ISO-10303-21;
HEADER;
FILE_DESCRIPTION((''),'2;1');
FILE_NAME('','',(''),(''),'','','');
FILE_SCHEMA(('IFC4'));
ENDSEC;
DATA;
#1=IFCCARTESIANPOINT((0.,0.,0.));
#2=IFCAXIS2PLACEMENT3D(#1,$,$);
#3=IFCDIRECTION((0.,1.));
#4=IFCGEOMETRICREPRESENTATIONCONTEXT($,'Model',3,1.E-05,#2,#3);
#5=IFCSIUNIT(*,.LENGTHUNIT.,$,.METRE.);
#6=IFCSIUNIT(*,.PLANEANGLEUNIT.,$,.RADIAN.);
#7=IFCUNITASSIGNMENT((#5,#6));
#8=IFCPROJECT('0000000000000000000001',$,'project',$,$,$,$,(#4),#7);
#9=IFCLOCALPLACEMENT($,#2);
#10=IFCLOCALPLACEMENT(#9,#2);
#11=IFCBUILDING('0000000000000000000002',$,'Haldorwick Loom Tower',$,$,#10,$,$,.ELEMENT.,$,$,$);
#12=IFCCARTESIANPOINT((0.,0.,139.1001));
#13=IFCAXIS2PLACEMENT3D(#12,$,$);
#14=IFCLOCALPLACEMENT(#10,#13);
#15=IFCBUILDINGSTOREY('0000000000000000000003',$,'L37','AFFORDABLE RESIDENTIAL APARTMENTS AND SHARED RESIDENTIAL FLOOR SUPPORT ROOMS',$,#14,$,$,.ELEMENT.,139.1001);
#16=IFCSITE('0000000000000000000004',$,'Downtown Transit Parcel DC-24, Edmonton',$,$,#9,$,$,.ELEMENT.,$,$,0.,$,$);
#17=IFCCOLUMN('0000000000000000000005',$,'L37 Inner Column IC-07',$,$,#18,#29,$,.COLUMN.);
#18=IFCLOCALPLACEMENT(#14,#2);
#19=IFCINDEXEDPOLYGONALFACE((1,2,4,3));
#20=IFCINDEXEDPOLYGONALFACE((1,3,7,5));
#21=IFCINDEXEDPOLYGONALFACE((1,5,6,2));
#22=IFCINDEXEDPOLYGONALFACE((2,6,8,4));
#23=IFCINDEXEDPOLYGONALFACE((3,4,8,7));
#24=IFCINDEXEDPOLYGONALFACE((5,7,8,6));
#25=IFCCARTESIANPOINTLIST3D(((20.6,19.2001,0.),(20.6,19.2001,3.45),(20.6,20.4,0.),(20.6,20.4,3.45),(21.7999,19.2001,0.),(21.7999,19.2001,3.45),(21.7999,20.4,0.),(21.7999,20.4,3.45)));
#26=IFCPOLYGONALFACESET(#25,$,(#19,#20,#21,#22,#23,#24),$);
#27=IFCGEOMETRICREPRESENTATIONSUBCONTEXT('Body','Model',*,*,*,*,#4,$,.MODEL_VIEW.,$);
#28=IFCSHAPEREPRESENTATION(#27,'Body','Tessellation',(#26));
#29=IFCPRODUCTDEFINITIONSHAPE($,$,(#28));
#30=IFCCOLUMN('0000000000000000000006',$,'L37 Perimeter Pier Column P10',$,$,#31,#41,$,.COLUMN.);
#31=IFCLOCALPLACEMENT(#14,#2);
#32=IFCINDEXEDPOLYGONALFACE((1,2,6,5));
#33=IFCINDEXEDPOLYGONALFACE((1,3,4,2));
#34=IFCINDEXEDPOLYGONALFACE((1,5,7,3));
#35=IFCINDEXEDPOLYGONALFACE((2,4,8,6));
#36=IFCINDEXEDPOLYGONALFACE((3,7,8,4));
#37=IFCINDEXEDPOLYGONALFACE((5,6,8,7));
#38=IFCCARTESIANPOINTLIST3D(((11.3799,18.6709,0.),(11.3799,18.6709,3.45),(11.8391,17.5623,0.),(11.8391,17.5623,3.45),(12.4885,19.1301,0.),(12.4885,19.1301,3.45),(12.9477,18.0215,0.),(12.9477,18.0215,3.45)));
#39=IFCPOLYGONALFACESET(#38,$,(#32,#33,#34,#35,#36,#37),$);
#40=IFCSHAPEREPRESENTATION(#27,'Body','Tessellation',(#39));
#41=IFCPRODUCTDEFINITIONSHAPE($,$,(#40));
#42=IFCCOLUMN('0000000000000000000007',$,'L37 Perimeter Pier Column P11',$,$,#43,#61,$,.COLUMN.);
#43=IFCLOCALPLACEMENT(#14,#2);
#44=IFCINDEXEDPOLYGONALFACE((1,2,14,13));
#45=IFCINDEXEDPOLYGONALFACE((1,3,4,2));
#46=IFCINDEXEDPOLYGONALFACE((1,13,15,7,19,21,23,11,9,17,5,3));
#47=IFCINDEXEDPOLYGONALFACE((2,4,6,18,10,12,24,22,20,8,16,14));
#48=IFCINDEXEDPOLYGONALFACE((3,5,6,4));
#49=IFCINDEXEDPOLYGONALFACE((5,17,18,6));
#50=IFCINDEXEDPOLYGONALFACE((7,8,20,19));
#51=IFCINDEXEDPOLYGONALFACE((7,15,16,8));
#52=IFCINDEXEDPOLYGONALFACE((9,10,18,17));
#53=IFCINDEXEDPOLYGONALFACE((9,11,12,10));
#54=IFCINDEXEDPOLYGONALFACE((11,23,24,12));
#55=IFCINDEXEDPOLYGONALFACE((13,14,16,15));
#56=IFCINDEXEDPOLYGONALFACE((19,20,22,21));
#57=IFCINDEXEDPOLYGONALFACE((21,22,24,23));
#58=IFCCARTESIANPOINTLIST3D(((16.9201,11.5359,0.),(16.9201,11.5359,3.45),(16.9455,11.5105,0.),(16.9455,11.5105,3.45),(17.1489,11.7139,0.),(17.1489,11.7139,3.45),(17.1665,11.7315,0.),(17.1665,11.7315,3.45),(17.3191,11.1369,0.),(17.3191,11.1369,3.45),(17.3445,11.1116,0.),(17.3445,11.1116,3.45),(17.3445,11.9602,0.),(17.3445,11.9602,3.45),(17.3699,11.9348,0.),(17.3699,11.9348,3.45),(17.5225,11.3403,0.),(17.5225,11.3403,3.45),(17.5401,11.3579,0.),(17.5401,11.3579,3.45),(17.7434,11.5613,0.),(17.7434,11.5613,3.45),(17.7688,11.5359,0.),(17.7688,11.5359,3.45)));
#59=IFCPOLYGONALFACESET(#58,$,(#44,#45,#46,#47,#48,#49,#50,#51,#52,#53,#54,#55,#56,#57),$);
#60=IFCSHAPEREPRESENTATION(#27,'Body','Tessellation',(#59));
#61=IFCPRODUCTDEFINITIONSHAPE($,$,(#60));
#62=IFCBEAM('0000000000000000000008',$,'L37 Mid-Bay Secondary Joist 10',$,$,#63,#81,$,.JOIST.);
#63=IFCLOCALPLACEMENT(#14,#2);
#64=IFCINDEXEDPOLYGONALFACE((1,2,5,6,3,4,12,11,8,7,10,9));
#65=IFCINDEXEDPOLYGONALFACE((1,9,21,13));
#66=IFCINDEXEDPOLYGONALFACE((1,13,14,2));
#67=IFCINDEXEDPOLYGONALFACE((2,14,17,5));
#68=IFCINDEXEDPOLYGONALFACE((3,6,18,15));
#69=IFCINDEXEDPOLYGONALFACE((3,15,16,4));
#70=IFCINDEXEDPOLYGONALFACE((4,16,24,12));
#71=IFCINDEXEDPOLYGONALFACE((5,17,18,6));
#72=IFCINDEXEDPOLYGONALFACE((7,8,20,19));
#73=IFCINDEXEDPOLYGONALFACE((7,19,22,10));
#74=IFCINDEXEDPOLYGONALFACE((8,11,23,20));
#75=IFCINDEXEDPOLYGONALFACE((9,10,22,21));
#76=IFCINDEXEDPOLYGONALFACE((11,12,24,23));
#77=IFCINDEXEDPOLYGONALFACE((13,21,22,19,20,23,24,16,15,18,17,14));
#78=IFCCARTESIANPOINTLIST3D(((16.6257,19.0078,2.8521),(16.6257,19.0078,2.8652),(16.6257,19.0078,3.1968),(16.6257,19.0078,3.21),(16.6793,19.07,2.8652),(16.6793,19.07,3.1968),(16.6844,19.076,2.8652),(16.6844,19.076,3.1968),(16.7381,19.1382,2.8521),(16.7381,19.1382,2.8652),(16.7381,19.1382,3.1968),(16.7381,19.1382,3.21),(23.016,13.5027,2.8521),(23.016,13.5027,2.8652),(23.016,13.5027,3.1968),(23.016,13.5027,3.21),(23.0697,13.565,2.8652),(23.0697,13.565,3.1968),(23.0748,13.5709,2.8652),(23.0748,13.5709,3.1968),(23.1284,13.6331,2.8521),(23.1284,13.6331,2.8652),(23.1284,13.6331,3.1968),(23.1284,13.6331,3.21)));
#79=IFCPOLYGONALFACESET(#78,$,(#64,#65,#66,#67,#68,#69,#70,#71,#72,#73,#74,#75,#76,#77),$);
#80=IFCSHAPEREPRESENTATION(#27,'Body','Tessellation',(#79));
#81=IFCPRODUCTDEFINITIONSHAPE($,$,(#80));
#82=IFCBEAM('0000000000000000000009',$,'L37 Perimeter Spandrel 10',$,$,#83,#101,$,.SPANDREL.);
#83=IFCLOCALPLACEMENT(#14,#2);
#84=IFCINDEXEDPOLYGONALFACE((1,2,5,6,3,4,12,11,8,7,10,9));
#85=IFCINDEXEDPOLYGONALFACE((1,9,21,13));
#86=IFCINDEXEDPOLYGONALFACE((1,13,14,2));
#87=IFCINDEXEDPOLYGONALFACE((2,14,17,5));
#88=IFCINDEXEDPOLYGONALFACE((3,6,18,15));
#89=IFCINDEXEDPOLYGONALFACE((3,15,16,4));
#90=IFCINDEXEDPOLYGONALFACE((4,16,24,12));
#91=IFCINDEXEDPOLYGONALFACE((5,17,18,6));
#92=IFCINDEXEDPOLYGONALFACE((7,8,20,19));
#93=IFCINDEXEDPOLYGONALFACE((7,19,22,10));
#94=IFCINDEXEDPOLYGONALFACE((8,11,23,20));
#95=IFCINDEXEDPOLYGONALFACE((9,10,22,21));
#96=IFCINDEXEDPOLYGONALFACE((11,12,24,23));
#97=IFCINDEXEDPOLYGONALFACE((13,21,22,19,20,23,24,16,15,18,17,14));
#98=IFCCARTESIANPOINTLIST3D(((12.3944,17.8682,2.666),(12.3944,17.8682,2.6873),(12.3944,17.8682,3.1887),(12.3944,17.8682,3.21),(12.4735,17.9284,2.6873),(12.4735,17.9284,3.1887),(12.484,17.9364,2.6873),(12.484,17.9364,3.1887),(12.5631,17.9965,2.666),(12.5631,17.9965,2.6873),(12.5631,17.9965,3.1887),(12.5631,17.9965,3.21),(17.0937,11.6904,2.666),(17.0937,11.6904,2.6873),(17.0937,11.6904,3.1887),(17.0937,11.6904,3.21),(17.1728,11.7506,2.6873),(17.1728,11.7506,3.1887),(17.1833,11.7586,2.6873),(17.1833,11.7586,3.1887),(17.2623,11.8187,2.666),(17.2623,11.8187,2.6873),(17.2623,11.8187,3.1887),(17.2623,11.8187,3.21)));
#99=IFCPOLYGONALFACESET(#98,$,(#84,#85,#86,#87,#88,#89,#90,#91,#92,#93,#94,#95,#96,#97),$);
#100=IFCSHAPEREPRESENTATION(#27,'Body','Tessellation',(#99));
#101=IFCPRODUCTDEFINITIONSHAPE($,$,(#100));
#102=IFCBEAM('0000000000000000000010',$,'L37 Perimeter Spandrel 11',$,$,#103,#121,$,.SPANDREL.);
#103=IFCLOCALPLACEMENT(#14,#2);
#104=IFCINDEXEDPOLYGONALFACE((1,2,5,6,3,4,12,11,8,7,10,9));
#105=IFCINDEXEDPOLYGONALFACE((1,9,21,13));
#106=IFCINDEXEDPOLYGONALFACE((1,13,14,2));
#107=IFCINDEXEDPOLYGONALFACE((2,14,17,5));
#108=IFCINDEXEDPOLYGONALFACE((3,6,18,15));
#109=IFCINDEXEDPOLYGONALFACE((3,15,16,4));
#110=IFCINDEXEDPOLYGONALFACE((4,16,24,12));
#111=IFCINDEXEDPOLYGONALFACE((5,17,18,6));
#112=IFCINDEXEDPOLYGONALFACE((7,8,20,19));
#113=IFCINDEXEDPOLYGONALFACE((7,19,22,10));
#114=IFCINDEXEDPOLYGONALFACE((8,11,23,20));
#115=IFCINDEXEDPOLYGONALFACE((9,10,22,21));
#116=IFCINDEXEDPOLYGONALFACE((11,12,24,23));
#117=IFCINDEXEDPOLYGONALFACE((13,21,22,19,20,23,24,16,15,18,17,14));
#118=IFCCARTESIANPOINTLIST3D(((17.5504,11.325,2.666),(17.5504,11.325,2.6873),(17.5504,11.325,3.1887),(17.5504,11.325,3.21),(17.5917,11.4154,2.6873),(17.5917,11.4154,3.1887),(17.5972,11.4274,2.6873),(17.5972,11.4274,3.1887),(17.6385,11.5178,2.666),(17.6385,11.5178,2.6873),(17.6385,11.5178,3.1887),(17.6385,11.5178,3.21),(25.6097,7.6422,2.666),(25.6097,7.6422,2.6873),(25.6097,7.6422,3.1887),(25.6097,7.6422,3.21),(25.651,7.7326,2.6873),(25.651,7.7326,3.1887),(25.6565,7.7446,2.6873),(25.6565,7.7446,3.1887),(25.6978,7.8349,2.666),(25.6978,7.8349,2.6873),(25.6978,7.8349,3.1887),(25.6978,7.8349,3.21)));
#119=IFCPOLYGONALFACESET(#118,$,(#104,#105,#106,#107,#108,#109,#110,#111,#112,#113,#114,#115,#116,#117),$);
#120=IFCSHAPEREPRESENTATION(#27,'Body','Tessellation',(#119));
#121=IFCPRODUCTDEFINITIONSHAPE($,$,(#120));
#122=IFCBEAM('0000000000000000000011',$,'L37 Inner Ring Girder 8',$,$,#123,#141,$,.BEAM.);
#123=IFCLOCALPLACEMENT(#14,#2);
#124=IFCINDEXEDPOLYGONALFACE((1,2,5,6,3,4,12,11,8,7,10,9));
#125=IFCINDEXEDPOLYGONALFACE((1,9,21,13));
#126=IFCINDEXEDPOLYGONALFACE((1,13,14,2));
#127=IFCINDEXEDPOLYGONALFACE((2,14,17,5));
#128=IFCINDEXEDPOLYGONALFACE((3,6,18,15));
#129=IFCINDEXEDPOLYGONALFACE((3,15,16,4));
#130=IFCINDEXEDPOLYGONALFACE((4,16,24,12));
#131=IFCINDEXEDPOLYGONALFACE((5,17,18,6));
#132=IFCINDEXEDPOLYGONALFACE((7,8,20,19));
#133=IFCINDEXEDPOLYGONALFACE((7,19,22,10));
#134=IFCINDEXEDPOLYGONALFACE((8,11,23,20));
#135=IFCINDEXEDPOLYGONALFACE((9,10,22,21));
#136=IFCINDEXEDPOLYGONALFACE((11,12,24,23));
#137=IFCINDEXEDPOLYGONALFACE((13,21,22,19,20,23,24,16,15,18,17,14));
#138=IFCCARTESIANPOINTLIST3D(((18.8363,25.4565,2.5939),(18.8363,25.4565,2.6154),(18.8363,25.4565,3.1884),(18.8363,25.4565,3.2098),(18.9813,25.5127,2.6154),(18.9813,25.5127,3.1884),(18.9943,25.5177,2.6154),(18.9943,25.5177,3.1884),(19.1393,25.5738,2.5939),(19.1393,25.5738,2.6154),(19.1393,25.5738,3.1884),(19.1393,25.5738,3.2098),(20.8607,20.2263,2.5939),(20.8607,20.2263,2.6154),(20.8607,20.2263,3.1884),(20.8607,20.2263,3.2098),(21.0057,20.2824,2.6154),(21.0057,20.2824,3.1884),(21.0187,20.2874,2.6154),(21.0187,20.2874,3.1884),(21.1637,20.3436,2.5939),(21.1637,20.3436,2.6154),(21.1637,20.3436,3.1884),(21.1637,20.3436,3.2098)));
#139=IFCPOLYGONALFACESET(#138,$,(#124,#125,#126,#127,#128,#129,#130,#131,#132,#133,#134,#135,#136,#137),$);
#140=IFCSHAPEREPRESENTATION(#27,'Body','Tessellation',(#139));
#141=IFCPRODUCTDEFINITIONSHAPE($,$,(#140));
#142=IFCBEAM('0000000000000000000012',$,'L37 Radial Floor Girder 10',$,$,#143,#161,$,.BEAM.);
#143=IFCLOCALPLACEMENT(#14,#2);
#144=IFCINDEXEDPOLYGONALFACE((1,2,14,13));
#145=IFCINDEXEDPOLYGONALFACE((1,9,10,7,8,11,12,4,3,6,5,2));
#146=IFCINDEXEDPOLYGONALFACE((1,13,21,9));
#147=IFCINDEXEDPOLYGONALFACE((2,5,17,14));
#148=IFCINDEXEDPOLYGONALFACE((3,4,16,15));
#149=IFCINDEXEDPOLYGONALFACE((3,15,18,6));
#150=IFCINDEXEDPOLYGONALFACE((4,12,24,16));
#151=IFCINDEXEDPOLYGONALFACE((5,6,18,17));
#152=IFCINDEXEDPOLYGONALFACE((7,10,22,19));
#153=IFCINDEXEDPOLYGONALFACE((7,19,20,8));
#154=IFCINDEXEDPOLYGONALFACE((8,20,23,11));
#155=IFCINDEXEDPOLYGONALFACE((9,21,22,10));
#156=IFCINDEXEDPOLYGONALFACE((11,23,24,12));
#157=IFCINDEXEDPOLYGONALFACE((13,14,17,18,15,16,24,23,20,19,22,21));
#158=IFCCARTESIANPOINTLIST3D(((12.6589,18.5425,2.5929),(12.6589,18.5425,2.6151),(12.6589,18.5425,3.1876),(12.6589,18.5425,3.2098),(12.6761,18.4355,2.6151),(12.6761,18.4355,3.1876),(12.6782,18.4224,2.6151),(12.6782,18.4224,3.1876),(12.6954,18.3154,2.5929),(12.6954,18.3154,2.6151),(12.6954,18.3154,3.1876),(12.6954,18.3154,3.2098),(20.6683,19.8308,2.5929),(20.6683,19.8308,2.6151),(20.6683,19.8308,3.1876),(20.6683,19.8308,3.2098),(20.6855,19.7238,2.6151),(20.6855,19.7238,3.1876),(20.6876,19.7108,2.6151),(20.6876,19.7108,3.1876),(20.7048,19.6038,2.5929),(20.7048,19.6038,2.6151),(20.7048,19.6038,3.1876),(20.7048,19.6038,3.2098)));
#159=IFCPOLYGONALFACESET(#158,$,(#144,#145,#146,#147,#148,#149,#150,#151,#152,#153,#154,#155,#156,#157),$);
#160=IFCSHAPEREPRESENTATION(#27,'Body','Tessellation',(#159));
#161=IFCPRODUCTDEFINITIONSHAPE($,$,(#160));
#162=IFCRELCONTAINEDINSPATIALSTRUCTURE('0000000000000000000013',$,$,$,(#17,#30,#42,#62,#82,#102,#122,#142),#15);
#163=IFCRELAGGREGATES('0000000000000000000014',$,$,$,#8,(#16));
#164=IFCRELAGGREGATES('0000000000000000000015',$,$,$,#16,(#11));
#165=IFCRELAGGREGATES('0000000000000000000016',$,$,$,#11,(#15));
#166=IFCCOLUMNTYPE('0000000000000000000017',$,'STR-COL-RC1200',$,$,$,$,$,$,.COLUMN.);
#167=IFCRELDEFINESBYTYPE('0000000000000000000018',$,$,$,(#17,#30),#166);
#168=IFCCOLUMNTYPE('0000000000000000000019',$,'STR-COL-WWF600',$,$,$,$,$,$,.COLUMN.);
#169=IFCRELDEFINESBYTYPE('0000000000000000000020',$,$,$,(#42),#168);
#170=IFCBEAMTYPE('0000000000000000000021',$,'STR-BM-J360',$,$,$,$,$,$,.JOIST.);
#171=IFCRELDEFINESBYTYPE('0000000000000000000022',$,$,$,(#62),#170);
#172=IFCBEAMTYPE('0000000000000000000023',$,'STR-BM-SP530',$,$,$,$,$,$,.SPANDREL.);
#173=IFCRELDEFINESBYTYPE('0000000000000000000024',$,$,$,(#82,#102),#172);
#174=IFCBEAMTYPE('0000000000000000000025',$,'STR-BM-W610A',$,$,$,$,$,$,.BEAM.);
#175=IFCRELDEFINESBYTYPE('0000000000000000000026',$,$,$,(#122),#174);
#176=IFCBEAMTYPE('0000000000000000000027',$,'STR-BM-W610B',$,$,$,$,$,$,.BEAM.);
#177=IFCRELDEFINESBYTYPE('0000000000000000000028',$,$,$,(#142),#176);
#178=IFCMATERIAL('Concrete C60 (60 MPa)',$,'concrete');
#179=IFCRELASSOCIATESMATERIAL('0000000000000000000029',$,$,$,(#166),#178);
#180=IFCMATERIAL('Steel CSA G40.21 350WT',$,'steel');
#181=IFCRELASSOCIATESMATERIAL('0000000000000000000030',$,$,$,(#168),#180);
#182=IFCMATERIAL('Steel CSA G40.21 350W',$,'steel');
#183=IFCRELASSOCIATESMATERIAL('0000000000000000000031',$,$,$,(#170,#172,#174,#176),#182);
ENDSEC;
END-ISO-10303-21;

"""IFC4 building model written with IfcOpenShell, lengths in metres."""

from ifc_helpers import new_model, si_unit, direction, frame, origin, origin_2d, place, context, subcontext, project, spatial, rectangle, i_section, extrude, material, material_profile, profile_set, type_object, element, save


model = new_model("IFC4")

# Units and contexts
model_context = context("Model", 3, precision=1e-05, world=origin(), true_north=direction((0.0, 1.0)))
body_context = subcontext(model_context, "Body", "Model", "MODEL_VIEW")
ifc_project = project(units=[si_unit("LENGTHUNIT", "METRE"), si_unit("PLANEANGLEUNIT", "RADIAN")], contexts=[model_context])

# Site, building, storey
site_placement = place(None, origin())
site = spatial("IfcSite", under=ifc_project, at=site_placement, Name="Downtown Transit Parcel DC-24, Edmonton", CompositionType="ELEMENT", RefElevation=0.0)
building_placement = place(site_placement, origin())
building = spatial("IfcBuilding", under=site, at=building_placement, Name="Haldorwick Loom Tower", CompositionType="ELEMENT")
storey_placement = place(building_placement, frame((0.0, 0.0, 139.1001)))
storey = spatial("IfcBuildingStorey", under=building, at=storey_placement, Name="L37", Description="AFFORDABLE RESIDENTIAL APARTMENTS AND SHARED RESIDENTIAL FLOOR SUPPORT ROOMS", CompositionType="ELEMENT", Elevation=139.1001)

# Columns
ifc_material_1 = material(Name="Concrete C60 (60 MPa)", Category="concrete")
ifc_material_profile_1 = material_profile(ifc_material_1, rectangle(XDim=1.2, YDim=1.2, at=origin_2d()), Name="RC1200X1200", Category="concrete")
ifc_profile_set_1 = profile_set([ifc_material_profile_1], Name="Concrete C60 (60 MPa)")
column_type_1 = type_object("IfcColumnType", Name="STR-COL-RC1200", PredefinedType="COLUMN", material=ifc_profile_set_1)
for number, where, z_axis, x_axis, name in (
    (1, (21.2, 19.8, 0.0), (0.0, 0.0, 1.0), (1.0, 0.0, 0.0), "L37 Inner Column IC-07"),
    (2, (12.1638, 18.3462, 0.0), (0.0, 0.0, 1.0), (-0.92388, -0.382683, 0.0), "L37 Perimeter Pier Column P10"),
):
    element("IfcColumn", number, at=place(storey_placement, frame(where, z_axis=z_axis, x_axis=x_axis)), inside=storey, type_object=column_type_1, Name=name, PredefinedType="COLUMN", context=body_context, shape_type="SweptSolid", body=[
        extrude(rectangle(XDim=1.2, YDim=1.2, at=origin_2d()), origin(), (0.0, 0.0, 1.0), 3.45),
    ])
ifc_material_2 = material(Name="Steel CSA G40.21 350WT", Category="steel")
ifc_material_profile_2 = material_profile(ifc_material_2, i_section(OverallWidth=0.6001, OverallDepth=0.6001, WebThickness=0.0249, FlangeThickness=0.0359, at=origin_2d()), Name="WWF600X600", Category="steel")
ifc_profile_set_2 = profile_set([ifc_material_profile_2], Name="Steel CSA G40.21 350WT")
column_type_2 = type_object("IfcColumnType", Name="STR-COL-WWF600", PredefinedType="COLUMN", material=ifc_profile_set_2)
column_placement = place(storey_placement, frame((17.3445, 11.5359, 0.0), z_axis=(0.0, 0.0, 1.0), x_axis=(-0.707107, -0.707107, 0.0)))
element("IfcColumn", 3, at=column_placement, inside=storey, type_object=column_type_2, Name="L37 Perimeter Pier Column P11", PredefinedType="COLUMN", context=body_context, shape_type="SweptSolid", body=[
    extrude(i_section(OverallWidth=0.6001, OverallDepth=0.6001, WebThickness=0.0249, FlangeThickness=0.0359, at=origin_2d()), origin(), (0.0, 0.0, 1.0), 3.45),
])

# Beams
ifc_material_3 = material(Name="Steel CSA G40.21 350W", Category="steel")
ifc_material_profile_3 = material_profile(ifc_material_3, i_section(OverallWidth=0.1721, OverallDepth=0.3579, WebThickness=0.0078, FlangeThickness=0.0132, at=origin_2d()), Name="W360X57", Category="steel")
ifc_profile_set_3 = profile_set([ifc_material_profile_3], Name="Steel CSA G40.21 350W")
beam_type_1 = type_object("IfcBeamType", Name="STR-BM-J360", PredefinedType="JOIST", material=ifc_profile_set_3)
beam_1_placement = place(storey_placement, frame((16.6819, 19.073, 3.031), z_axis=(0.757634, -0.65268, 0.0), x_axis=(0.65268, 0.757634, 0.0)))
element("IfcBeam", 4, at=beam_1_placement, inside=storey, type_object=beam_type_1, Name="L37 Mid-Bay Secondary Joist 10", PredefinedType="JOIST", context=body_context, shape_type="SweptSolid", body=[
    extrude(i_section(OverallWidth=0.1721, OverallDepth=0.3579, WebThickness=0.0078, FlangeThickness=0.0132, at=origin_2d()), origin(), (0.0, 0.0, 1.0), 8.4346),
])
ifc_material_profile_4 = material_profile(ifc_material_3, i_section(OverallWidth=0.2119, OverallDepth=0.5439, WebThickness=0.0132, FlangeThickness=0.0212, at=origin_2d()), Name="W530X123", Category="steel")
ifc_profile_set_4 = profile_set([ifc_material_profile_4], Name="Steel CSA G40.21 350W")
beam_type_2 = type_object("IfcBeamType", Name="STR-BM-SP530", PredefinedType="SPANDREL", material=ifc_profile_set_4)
beam_2_placement = place(storey_placement, frame((12.4788, 17.9324, 2.938), z_axis=(0.605421, -0.795905, 0.0), x_axis=(0.795905, 0.605421, 0.0)))
element("IfcBeam", 5, at=beam_2_placement, inside=storey, type_object=beam_type_2, Name="L37 Perimeter Spandrel 10", PredefinedType="SPANDREL", context=body_context, shape_type="SweptSolid", body=[
    extrude(i_section(OverallWidth=0.2119, OverallDepth=0.5439, WebThickness=0.0132, FlangeThickness=0.0212, at=origin_2d()), origin(), (0.0, 0.0, 1.0), 7.762),
])
beam_3_placement = place(storey_placement, frame((17.5945, 11.4214, 2.938), z_axis=(0.909534, -0.415629, 0.0), x_axis=(0.415629, 0.909534, 0.0)))
element("IfcBeam", 6, at=beam_3_placement, inside=storey, type_object=beam_type_2, Name="L37 Perimeter Spandrel 11", PredefinedType="SPANDREL", context=body_context, shape_type="SweptSolid", body=[
    extrude(i_section(OverallWidth=0.2119, OverallDepth=0.5439, WebThickness=0.0132, FlangeThickness=0.0212, at=origin_2d()), origin(), (0.0, 0.0, 1.0), 8.8608),
])
ifc_material_profile_5 = material_profile(ifc_material_3, i_section(OverallWidth=0.325, OverallDepth=0.616, WebThickness=0.0139, FlangeThickness=0.0215, at=origin_2d()), Name="W610X174", Category="steel")
ifc_profile_set_5 = profile_set([ifc_material_profile_5], Name="Steel CSA G40.21 350W")
beam_type_3 = type_object("IfcBeamType", Name="STR-BM-W610A", PredefinedType="BEAM", material=ifc_profile_set_5)
beam_4_placement = place(storey_placement, frame((21.0122, 20.2849, 2.9019), z_axis=(-0.360965, 0.932579, 0.0), x_axis=(-0.932579, -0.360965, 0.0)))
element("IfcBeam", 7, at=beam_4_placement, inside=storey, type_object=beam_type_3, Name="L37 Inner Ring Girder 8", PredefinedType="BEAM", context=body_context, shape_type="SweptSolid", body=[
    extrude(i_section(OverallWidth=0.325, OverallDepth=0.616, WebThickness=0.0139, FlangeThickness=0.0215, at=origin_2d()), origin(), (0.0, 0.0, 1.0), 5.6084),
])
ifc_material_profile_6 = material_profile(ifc_material_3, i_section(OverallWidth=0.23, OverallDepth=0.6169, WebThickness=0.0132, FlangeThickness=0.0222, at=origin_2d()), Name="W610X140", Category="steel")
ifc_profile_set_6 = profile_set([ifc_material_profile_6], Name="Steel CSA G40.21 350W")
beam_type_4 = type_object("IfcBeamType", Name="STR-BM-W610B", PredefinedType="BEAM", material=ifc_profile_set_6)
beam_5_placement = place(storey_placement, frame((20.6865, 19.7173, 2.9014), z_axis=(-0.987309, -0.158813, 0.0), x_axis=(0.158813, -0.987309, 0.0)))
element("IfcBeam", 8, at=beam_5_placement, inside=storey, type_object=beam_type_4, Name="L37 Radial Floor Girder 10", PredefinedType="BEAM", context=body_context, shape_type="SweptSolid", body=[
    extrude(i_section(OverallWidth=0.23, OverallDepth=0.6169, WebThickness=0.0132, FlangeThickness=0.0222, at=origin_2d()), origin(), (0.0, 0.0, 1.0), 8.1123),
])

save(model, "model.ifc")
